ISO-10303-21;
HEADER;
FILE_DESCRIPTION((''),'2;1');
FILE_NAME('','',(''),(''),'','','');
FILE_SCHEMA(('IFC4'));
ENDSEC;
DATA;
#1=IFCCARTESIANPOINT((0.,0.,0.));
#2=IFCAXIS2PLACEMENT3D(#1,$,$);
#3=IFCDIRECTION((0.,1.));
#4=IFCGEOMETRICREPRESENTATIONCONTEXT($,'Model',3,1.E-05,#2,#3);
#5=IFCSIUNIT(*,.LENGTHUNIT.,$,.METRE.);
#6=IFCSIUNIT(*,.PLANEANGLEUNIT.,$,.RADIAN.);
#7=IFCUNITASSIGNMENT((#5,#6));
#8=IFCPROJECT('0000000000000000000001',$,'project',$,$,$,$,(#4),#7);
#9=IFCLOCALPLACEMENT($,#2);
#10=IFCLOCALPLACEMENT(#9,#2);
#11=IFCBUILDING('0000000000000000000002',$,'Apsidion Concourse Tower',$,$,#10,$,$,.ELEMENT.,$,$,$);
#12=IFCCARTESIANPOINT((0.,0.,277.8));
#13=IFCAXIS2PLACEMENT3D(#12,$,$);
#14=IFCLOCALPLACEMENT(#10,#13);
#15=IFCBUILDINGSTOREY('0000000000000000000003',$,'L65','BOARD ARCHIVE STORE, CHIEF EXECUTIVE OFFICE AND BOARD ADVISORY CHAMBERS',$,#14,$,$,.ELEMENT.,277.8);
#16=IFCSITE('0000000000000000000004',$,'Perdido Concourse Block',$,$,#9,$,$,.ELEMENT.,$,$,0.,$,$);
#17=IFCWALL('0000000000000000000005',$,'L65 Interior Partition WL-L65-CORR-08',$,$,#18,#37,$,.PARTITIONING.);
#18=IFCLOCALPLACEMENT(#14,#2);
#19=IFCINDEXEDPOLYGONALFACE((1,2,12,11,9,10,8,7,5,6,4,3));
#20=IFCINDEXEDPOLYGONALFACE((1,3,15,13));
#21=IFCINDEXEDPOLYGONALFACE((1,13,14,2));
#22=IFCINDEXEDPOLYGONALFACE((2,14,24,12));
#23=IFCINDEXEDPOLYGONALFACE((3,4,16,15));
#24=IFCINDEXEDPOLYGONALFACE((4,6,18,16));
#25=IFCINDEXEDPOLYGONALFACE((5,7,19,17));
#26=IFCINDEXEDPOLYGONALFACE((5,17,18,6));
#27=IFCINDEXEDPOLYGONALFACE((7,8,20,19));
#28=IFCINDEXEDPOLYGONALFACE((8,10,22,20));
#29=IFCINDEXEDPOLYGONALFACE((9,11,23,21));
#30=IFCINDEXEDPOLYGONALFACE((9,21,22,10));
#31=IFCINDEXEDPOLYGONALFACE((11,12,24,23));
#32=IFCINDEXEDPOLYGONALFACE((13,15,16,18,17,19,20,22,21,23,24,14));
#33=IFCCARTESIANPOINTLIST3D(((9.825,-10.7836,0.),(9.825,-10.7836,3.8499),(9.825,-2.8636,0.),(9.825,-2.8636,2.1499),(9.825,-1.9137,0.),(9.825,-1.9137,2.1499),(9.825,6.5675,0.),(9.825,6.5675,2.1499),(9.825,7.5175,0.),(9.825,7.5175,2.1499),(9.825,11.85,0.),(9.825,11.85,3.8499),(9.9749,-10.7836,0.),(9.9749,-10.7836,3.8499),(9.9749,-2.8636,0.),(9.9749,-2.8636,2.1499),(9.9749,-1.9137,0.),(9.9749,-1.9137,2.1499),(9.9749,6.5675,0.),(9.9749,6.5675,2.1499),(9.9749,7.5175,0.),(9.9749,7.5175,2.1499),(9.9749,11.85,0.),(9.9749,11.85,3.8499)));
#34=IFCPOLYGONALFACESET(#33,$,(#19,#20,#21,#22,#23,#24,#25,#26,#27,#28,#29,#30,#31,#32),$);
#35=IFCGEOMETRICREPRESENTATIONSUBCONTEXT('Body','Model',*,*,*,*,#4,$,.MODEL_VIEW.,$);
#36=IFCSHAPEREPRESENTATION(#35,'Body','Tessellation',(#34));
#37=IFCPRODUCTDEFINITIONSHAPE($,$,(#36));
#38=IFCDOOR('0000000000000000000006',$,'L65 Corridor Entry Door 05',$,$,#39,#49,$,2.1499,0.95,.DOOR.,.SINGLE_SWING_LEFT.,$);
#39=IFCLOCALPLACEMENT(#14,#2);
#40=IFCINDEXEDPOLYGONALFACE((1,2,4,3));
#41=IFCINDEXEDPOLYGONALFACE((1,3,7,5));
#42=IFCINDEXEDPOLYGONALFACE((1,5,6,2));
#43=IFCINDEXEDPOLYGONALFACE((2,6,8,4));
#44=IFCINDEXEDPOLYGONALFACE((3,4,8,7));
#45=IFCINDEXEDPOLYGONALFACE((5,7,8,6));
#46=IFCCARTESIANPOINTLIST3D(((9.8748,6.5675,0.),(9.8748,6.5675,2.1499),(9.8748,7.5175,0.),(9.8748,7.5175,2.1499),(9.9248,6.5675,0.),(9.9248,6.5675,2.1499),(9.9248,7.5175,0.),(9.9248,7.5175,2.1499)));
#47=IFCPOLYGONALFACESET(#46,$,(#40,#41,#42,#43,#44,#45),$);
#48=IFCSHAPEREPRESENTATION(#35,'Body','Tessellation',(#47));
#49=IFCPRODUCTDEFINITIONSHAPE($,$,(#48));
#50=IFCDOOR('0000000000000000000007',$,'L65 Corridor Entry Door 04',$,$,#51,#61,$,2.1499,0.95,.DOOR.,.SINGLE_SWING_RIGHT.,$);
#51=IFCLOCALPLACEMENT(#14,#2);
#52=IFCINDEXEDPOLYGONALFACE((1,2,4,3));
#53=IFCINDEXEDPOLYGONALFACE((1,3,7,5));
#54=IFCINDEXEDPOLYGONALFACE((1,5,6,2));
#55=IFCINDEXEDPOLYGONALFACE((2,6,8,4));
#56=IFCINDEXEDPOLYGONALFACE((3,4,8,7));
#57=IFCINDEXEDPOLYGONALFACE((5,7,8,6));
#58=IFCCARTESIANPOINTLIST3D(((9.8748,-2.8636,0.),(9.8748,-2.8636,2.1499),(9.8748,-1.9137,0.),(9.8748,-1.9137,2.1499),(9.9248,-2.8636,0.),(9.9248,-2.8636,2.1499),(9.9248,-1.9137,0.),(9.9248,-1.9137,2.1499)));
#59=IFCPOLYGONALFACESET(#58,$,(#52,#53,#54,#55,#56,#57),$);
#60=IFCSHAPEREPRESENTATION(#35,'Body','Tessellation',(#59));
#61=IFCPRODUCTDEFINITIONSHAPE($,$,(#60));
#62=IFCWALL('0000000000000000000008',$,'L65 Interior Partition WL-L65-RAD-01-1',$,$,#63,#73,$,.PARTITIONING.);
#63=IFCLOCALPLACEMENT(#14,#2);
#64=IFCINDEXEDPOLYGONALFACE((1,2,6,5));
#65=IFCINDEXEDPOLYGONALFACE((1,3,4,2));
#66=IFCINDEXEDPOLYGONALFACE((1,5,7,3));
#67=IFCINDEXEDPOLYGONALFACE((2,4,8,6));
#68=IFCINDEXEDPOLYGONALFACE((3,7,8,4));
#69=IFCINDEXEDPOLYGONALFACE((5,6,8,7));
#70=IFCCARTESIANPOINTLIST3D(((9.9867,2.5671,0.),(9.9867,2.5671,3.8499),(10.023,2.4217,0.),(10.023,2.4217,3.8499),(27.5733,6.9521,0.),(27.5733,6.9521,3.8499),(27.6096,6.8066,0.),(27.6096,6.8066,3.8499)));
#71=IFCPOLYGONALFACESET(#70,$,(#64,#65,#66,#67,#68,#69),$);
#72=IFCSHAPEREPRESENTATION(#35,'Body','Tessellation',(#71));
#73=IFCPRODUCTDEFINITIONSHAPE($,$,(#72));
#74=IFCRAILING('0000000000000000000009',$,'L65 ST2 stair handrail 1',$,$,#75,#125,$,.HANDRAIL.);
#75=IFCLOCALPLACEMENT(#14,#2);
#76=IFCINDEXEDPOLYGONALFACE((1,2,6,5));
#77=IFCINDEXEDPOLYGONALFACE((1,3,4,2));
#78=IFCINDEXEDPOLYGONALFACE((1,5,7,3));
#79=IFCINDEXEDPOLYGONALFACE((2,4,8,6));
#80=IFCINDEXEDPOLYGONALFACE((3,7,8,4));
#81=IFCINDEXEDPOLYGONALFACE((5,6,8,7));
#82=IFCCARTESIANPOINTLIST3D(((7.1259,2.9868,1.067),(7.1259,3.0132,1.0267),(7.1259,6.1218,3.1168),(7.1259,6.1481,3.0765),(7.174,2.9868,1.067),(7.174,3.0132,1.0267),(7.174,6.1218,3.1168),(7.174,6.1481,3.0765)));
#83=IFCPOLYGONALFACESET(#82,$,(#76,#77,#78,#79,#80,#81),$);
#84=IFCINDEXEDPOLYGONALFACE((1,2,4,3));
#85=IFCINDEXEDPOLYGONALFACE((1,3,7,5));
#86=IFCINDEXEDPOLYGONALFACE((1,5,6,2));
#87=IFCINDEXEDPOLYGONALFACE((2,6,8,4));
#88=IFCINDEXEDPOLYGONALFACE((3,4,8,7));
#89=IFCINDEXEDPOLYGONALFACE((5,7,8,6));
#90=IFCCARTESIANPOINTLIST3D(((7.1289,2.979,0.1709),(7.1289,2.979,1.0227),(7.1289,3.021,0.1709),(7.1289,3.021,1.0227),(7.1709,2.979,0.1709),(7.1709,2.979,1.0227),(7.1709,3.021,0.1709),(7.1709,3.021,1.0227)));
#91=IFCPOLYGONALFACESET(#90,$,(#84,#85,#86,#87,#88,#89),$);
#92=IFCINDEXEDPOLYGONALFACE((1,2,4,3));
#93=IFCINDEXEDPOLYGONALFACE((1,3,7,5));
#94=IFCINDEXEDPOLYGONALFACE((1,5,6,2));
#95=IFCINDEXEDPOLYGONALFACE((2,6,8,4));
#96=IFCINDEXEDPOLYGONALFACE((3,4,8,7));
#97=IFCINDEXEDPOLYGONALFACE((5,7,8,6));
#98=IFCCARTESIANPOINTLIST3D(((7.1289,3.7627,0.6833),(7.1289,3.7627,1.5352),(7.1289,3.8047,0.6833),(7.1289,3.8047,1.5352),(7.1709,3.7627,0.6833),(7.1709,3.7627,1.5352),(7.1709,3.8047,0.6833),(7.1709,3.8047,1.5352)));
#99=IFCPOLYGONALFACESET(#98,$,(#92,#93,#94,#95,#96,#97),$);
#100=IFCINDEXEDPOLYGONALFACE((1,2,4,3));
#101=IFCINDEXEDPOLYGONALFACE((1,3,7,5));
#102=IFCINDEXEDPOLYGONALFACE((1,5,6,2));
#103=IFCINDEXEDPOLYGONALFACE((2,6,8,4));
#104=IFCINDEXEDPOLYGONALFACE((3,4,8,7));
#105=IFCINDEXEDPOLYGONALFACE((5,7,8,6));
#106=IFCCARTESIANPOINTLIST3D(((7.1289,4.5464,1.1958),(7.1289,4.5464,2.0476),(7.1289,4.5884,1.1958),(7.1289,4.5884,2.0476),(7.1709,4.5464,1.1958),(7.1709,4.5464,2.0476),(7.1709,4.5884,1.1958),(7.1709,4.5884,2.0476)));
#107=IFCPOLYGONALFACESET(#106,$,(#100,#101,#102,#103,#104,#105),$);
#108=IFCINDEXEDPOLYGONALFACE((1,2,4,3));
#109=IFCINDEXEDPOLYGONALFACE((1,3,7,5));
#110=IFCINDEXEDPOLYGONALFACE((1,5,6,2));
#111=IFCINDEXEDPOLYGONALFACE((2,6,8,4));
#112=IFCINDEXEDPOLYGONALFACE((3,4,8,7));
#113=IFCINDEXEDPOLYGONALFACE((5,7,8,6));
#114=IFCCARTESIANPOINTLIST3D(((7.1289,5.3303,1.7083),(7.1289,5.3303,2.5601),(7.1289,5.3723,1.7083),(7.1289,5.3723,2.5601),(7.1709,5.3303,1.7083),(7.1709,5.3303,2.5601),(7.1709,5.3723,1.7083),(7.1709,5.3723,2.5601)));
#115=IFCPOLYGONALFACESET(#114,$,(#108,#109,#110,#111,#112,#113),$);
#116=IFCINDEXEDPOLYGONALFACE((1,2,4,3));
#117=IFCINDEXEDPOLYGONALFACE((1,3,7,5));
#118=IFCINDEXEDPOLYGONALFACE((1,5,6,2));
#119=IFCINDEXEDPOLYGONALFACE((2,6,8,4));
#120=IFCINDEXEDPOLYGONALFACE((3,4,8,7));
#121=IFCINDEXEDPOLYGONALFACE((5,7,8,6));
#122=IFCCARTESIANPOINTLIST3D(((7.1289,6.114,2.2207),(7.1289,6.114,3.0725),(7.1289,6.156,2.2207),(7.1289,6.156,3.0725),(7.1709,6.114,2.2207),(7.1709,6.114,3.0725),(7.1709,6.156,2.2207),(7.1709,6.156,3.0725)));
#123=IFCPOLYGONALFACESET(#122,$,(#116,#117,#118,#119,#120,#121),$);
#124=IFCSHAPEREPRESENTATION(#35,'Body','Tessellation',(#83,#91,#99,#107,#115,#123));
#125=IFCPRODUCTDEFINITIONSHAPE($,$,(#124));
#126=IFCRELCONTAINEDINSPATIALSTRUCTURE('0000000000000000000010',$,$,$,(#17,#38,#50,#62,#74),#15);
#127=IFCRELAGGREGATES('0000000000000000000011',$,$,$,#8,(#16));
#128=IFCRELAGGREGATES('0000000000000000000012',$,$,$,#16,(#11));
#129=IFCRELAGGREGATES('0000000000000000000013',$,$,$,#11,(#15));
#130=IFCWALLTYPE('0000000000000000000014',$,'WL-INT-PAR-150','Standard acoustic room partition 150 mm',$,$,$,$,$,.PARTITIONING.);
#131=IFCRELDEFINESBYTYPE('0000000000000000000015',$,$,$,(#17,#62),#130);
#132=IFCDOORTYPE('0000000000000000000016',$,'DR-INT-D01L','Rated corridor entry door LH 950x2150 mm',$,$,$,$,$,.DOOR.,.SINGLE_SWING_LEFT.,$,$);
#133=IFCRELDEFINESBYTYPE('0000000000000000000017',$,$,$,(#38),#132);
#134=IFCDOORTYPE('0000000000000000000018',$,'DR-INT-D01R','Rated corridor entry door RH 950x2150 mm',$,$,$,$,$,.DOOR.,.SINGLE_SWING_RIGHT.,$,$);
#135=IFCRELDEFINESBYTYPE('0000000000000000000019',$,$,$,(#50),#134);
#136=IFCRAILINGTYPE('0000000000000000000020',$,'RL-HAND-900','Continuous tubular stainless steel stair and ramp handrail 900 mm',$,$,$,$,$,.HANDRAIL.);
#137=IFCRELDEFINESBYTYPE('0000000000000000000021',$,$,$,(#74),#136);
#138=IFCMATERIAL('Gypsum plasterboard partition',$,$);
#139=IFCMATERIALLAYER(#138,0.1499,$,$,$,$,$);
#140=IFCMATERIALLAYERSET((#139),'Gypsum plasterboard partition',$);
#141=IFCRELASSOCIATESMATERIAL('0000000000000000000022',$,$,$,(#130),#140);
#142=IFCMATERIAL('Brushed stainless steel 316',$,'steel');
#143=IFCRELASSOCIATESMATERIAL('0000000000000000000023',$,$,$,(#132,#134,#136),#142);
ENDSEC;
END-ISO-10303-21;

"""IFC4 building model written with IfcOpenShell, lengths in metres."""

from ifc_helpers import new_model, si_unit, direction, frame, frame_2d, origin, origin_2d, place, context, subcontext, project, spatial, rectangle, extrude, material, layer, layer_set, type_object, element, fill, save


model = new_model("IFC4")

# Units and contexts
model_context = context("Model", 3, precision=1e-05, world=origin(), true_north=direction((0.0, 1.0)))
body_context = subcontext(model_context, "Body", "Model", "MODEL_VIEW")
ifc_project = project(units=[si_unit("LENGTHUNIT", "METRE"), si_unit("PLANEANGLEUNIT", "RADIAN")], contexts=[model_context])

# Site, building, storey
site_placement = place(None, origin())
site = spatial("IfcSite", under=ifc_project, at=site_placement, Name="Perdido Concourse Block", CompositionType="ELEMENT", RefElevation=0.0)
building_placement = place(site_placement, origin())
building = spatial("IfcBuilding", under=site, at=building_placement, Name="Apsidion Concourse Tower", CompositionType="ELEMENT")
storey_placement = place(building_placement, frame((0.0, 0.0, 277.8)))
storey = spatial("IfcBuildingStorey", under=building, at=storey_placement, Name="L65", Description="BOARD ARCHIVE STORE, CHIEF EXECUTIVE OFFICE AND BOARD ADVISORY CHAMBERS", CompositionType="ELEMENT", Elevation=277.8)

# Wall, openings, doors
ifc_material_1 = material(Name="Gypsum plasterboard partition")
ifc_layer_1 = layer(ifc_material_1, 0.1499)
ifc_layer_set_1 = layer_set([ifc_layer_1], Name="Gypsum plasterboard partition")
wall_type_1 = type_object("IfcWallType", Name="WL-INT-PAR-150", Description="Standard acoustic room partition 150 mm", PredefinedType="PARTITIONING", material=ifc_layer_set_1)
wall_1_placement = place(storey_placement, frame((9.8999, 11.8501, 0.0), z_axis=(0.0, 0.0, 1.0), x_axis=(0.0, -1.0, 0.0)))
wall_1 = element("IfcWall", 1, at=wall_1_placement, inside=storey, type_object=wall_type_1, Name="L65 Interior Partition WL-L65-CORR-08", PredefinedType="PARTITIONING", context=body_context, shape_type="SweptSolid", body=[
    extrude(rectangle(XDim=22.6335, YDim=0.1499, at=frame_2d((11.3169, 0.0))), origin(), (0.0, 0.0, 1.0), 3.8499),
])
opening_1_placement = place(wall_1_placement, frame((13.7637, 0.0, 0.0)))
opening_1 = element("IfcOpeningElement", 2, at=opening_1_placement, cuts=wall_1, PredefinedType="OPENING", context=body_context, shape_type="SweptSolid", body=[
    extrude(rectangle(XDim=0.95, YDim=2.1499, at=frame_2d((0.4751, 1.075))), frame((0.0, 0.085, 0.0), z_axis=(0.0, -1.0, 0.0), x_axis=(1.0, 0.0, 0.0)), (0.0, 0.0, 1.0), 0.1699),
])
opening_2_placement = place(wall_1_placement, frame((4.3325, 0.0, 0.0)))
opening_2 = element("IfcOpeningElement", 3, at=opening_2_placement, cuts=wall_1, PredefinedType="OPENING", context=body_context, shape_type="SweptSolid", body=[
    extrude(rectangle(XDim=0.95, YDim=2.1499, at=frame_2d((0.4751, 1.075))), frame((0.0, 0.085, 0.0), z_axis=(0.0, -1.0, 0.0), x_axis=(1.0, 0.0, 0.0)), (0.0, 0.0, 1.0), 0.1699),
])
ifc_material_2 = material(Name="Brushed stainless steel 316", Category="steel")
door_type_1 = type_object("IfcDoorType", Name="DR-INT-D01L", Description="Rated corridor entry door LH 950x2150 mm", OperationType="SINGLE_SWING_LEFT", PredefinedType="DOOR", material=ifc_material_2)
door_1_placement = place(opening_2_placement, origin())
door_1 = element("IfcDoor", 4, at=door_1_placement, inside=storey, type_object=door_type_1, Name="L65 Corridor Entry Door 05", OperationType="SINGLE_SWING_LEFT", OverallHeight=2.1499, OverallWidth=0.95, PredefinedType="DOOR", context=body_context, shape_type="SweptSolid", body=[
    extrude(rectangle(XDim=0.95, YDim=2.1499, at=frame_2d((0.4751, 1.075))), frame((0.0, 0.0249, 0.0), z_axis=(0.0, -1.0, 0.0), x_axis=(1.0, 0.0, 0.0)), (0.0, 0.0, 1.0), 0.05),
])
fill(opening_2, door_1)
door_type_2 = type_object("IfcDoorType", Name="DR-INT-D01R", Description="Rated corridor entry door RH 950x2150 mm", OperationType="SINGLE_SWING_RIGHT", PredefinedType="DOOR", material=ifc_material_2)
door_2_placement = place(opening_1_placement, origin())
door_2 = element("IfcDoor", 5, at=door_2_placement, inside=storey, type_object=door_type_2, Name="L65 Corridor Entry Door 04", OperationType="SINGLE_SWING_RIGHT", OverallHeight=2.1499, OverallWidth=0.95, PredefinedType="DOOR", context=body_context, shape_type="SweptSolid", body=[
    extrude(rectangle(XDim=0.95, YDim=2.1499, at=frame_2d((0.4751, 1.075))), frame((0.0, 0.0249, 0.0), z_axis=(0.0, -1.0, 0.0), x_axis=(1.0, 0.0, 0.0)), (0.0, 0.0, 1.0), 0.05),
])
fill(opening_1, door_2)

# Wall
wall_2_placement = place(storey_placement, frame((10.0049, 2.4944, 0.0), z_axis=(0.0, 0.0, 1.0), x_axis=(0.970294, 0.24193, 0.0)))
element("IfcWall", 6, at=wall_2_placement, inside=storey, type_object=wall_type_1, Name="L65 Interior Partition WL-L65-RAD-01-1", PredefinedType="PARTITIONING", context=body_context, shape_type="SweptSolid", body=[
    extrude(rectangle(XDim=18.125, YDim=0.1499, at=frame_2d((9.0625, 0.0))), origin(), (0.0, 0.0, 1.0), 3.8499),
])

# Railing
railing_type = type_object("IfcRailingType", Name="RL-HAND-900", Description="Continuous tubular stainless steel stair and ramp handrail 900 mm", PredefinedType="HANDRAIL", material=ifc_material_2)
railing_placement = place(storey_placement, frame((7.1499, 3.0, 0.1709)))
element("IfcRailing", 7, at=railing_placement, inside=storey, type_object=railing_type, Name="L65 ST2 stair handrail 1", PredefinedType="HANDRAIL", context=body_context, shape_type="SweptSolid", body=[
    extrude(rectangle(XDim=0.0481, YDim=0.0481, at=origin_2d()), frame((0.0, 0.0, 0.876), z_axis=(0.0, 0.836971, 0.547248), x_axis=(-1.0, 0.0, 0.0)), (0.0, 0.0, 1.0), 3.7456),
    extrude(rectangle(XDim=0.042, YDim=0.042, at=origin_2d()), origin(), (0.0, 0.0, 1.0), 0.8518),
    extrude(rectangle(XDim=0.042, YDim=0.042, at=origin_2d()), frame((0.0, 0.7837, 0.5125)), (0.0, 0.0, 1.0), 0.8518),
    extrude(rectangle(XDim=0.042, YDim=0.042, at=origin_2d()), frame((0.0, 1.5674, 1.0249)), (0.0, 0.0, 1.0), 0.8518),
    extrude(rectangle(XDim=0.042, YDim=0.042, at=origin_2d()), frame((0.0, 2.3513, 1.5374)), (0.0, 0.0, 1.0), 0.8518),
    extrude(rectangle(XDim=0.042, YDim=0.042, at=origin_2d()), frame((0.0, 3.135, 2.0498)), (0.0, 0.0, 1.0), 0.8518),
])

save(model, "model.ifc")
